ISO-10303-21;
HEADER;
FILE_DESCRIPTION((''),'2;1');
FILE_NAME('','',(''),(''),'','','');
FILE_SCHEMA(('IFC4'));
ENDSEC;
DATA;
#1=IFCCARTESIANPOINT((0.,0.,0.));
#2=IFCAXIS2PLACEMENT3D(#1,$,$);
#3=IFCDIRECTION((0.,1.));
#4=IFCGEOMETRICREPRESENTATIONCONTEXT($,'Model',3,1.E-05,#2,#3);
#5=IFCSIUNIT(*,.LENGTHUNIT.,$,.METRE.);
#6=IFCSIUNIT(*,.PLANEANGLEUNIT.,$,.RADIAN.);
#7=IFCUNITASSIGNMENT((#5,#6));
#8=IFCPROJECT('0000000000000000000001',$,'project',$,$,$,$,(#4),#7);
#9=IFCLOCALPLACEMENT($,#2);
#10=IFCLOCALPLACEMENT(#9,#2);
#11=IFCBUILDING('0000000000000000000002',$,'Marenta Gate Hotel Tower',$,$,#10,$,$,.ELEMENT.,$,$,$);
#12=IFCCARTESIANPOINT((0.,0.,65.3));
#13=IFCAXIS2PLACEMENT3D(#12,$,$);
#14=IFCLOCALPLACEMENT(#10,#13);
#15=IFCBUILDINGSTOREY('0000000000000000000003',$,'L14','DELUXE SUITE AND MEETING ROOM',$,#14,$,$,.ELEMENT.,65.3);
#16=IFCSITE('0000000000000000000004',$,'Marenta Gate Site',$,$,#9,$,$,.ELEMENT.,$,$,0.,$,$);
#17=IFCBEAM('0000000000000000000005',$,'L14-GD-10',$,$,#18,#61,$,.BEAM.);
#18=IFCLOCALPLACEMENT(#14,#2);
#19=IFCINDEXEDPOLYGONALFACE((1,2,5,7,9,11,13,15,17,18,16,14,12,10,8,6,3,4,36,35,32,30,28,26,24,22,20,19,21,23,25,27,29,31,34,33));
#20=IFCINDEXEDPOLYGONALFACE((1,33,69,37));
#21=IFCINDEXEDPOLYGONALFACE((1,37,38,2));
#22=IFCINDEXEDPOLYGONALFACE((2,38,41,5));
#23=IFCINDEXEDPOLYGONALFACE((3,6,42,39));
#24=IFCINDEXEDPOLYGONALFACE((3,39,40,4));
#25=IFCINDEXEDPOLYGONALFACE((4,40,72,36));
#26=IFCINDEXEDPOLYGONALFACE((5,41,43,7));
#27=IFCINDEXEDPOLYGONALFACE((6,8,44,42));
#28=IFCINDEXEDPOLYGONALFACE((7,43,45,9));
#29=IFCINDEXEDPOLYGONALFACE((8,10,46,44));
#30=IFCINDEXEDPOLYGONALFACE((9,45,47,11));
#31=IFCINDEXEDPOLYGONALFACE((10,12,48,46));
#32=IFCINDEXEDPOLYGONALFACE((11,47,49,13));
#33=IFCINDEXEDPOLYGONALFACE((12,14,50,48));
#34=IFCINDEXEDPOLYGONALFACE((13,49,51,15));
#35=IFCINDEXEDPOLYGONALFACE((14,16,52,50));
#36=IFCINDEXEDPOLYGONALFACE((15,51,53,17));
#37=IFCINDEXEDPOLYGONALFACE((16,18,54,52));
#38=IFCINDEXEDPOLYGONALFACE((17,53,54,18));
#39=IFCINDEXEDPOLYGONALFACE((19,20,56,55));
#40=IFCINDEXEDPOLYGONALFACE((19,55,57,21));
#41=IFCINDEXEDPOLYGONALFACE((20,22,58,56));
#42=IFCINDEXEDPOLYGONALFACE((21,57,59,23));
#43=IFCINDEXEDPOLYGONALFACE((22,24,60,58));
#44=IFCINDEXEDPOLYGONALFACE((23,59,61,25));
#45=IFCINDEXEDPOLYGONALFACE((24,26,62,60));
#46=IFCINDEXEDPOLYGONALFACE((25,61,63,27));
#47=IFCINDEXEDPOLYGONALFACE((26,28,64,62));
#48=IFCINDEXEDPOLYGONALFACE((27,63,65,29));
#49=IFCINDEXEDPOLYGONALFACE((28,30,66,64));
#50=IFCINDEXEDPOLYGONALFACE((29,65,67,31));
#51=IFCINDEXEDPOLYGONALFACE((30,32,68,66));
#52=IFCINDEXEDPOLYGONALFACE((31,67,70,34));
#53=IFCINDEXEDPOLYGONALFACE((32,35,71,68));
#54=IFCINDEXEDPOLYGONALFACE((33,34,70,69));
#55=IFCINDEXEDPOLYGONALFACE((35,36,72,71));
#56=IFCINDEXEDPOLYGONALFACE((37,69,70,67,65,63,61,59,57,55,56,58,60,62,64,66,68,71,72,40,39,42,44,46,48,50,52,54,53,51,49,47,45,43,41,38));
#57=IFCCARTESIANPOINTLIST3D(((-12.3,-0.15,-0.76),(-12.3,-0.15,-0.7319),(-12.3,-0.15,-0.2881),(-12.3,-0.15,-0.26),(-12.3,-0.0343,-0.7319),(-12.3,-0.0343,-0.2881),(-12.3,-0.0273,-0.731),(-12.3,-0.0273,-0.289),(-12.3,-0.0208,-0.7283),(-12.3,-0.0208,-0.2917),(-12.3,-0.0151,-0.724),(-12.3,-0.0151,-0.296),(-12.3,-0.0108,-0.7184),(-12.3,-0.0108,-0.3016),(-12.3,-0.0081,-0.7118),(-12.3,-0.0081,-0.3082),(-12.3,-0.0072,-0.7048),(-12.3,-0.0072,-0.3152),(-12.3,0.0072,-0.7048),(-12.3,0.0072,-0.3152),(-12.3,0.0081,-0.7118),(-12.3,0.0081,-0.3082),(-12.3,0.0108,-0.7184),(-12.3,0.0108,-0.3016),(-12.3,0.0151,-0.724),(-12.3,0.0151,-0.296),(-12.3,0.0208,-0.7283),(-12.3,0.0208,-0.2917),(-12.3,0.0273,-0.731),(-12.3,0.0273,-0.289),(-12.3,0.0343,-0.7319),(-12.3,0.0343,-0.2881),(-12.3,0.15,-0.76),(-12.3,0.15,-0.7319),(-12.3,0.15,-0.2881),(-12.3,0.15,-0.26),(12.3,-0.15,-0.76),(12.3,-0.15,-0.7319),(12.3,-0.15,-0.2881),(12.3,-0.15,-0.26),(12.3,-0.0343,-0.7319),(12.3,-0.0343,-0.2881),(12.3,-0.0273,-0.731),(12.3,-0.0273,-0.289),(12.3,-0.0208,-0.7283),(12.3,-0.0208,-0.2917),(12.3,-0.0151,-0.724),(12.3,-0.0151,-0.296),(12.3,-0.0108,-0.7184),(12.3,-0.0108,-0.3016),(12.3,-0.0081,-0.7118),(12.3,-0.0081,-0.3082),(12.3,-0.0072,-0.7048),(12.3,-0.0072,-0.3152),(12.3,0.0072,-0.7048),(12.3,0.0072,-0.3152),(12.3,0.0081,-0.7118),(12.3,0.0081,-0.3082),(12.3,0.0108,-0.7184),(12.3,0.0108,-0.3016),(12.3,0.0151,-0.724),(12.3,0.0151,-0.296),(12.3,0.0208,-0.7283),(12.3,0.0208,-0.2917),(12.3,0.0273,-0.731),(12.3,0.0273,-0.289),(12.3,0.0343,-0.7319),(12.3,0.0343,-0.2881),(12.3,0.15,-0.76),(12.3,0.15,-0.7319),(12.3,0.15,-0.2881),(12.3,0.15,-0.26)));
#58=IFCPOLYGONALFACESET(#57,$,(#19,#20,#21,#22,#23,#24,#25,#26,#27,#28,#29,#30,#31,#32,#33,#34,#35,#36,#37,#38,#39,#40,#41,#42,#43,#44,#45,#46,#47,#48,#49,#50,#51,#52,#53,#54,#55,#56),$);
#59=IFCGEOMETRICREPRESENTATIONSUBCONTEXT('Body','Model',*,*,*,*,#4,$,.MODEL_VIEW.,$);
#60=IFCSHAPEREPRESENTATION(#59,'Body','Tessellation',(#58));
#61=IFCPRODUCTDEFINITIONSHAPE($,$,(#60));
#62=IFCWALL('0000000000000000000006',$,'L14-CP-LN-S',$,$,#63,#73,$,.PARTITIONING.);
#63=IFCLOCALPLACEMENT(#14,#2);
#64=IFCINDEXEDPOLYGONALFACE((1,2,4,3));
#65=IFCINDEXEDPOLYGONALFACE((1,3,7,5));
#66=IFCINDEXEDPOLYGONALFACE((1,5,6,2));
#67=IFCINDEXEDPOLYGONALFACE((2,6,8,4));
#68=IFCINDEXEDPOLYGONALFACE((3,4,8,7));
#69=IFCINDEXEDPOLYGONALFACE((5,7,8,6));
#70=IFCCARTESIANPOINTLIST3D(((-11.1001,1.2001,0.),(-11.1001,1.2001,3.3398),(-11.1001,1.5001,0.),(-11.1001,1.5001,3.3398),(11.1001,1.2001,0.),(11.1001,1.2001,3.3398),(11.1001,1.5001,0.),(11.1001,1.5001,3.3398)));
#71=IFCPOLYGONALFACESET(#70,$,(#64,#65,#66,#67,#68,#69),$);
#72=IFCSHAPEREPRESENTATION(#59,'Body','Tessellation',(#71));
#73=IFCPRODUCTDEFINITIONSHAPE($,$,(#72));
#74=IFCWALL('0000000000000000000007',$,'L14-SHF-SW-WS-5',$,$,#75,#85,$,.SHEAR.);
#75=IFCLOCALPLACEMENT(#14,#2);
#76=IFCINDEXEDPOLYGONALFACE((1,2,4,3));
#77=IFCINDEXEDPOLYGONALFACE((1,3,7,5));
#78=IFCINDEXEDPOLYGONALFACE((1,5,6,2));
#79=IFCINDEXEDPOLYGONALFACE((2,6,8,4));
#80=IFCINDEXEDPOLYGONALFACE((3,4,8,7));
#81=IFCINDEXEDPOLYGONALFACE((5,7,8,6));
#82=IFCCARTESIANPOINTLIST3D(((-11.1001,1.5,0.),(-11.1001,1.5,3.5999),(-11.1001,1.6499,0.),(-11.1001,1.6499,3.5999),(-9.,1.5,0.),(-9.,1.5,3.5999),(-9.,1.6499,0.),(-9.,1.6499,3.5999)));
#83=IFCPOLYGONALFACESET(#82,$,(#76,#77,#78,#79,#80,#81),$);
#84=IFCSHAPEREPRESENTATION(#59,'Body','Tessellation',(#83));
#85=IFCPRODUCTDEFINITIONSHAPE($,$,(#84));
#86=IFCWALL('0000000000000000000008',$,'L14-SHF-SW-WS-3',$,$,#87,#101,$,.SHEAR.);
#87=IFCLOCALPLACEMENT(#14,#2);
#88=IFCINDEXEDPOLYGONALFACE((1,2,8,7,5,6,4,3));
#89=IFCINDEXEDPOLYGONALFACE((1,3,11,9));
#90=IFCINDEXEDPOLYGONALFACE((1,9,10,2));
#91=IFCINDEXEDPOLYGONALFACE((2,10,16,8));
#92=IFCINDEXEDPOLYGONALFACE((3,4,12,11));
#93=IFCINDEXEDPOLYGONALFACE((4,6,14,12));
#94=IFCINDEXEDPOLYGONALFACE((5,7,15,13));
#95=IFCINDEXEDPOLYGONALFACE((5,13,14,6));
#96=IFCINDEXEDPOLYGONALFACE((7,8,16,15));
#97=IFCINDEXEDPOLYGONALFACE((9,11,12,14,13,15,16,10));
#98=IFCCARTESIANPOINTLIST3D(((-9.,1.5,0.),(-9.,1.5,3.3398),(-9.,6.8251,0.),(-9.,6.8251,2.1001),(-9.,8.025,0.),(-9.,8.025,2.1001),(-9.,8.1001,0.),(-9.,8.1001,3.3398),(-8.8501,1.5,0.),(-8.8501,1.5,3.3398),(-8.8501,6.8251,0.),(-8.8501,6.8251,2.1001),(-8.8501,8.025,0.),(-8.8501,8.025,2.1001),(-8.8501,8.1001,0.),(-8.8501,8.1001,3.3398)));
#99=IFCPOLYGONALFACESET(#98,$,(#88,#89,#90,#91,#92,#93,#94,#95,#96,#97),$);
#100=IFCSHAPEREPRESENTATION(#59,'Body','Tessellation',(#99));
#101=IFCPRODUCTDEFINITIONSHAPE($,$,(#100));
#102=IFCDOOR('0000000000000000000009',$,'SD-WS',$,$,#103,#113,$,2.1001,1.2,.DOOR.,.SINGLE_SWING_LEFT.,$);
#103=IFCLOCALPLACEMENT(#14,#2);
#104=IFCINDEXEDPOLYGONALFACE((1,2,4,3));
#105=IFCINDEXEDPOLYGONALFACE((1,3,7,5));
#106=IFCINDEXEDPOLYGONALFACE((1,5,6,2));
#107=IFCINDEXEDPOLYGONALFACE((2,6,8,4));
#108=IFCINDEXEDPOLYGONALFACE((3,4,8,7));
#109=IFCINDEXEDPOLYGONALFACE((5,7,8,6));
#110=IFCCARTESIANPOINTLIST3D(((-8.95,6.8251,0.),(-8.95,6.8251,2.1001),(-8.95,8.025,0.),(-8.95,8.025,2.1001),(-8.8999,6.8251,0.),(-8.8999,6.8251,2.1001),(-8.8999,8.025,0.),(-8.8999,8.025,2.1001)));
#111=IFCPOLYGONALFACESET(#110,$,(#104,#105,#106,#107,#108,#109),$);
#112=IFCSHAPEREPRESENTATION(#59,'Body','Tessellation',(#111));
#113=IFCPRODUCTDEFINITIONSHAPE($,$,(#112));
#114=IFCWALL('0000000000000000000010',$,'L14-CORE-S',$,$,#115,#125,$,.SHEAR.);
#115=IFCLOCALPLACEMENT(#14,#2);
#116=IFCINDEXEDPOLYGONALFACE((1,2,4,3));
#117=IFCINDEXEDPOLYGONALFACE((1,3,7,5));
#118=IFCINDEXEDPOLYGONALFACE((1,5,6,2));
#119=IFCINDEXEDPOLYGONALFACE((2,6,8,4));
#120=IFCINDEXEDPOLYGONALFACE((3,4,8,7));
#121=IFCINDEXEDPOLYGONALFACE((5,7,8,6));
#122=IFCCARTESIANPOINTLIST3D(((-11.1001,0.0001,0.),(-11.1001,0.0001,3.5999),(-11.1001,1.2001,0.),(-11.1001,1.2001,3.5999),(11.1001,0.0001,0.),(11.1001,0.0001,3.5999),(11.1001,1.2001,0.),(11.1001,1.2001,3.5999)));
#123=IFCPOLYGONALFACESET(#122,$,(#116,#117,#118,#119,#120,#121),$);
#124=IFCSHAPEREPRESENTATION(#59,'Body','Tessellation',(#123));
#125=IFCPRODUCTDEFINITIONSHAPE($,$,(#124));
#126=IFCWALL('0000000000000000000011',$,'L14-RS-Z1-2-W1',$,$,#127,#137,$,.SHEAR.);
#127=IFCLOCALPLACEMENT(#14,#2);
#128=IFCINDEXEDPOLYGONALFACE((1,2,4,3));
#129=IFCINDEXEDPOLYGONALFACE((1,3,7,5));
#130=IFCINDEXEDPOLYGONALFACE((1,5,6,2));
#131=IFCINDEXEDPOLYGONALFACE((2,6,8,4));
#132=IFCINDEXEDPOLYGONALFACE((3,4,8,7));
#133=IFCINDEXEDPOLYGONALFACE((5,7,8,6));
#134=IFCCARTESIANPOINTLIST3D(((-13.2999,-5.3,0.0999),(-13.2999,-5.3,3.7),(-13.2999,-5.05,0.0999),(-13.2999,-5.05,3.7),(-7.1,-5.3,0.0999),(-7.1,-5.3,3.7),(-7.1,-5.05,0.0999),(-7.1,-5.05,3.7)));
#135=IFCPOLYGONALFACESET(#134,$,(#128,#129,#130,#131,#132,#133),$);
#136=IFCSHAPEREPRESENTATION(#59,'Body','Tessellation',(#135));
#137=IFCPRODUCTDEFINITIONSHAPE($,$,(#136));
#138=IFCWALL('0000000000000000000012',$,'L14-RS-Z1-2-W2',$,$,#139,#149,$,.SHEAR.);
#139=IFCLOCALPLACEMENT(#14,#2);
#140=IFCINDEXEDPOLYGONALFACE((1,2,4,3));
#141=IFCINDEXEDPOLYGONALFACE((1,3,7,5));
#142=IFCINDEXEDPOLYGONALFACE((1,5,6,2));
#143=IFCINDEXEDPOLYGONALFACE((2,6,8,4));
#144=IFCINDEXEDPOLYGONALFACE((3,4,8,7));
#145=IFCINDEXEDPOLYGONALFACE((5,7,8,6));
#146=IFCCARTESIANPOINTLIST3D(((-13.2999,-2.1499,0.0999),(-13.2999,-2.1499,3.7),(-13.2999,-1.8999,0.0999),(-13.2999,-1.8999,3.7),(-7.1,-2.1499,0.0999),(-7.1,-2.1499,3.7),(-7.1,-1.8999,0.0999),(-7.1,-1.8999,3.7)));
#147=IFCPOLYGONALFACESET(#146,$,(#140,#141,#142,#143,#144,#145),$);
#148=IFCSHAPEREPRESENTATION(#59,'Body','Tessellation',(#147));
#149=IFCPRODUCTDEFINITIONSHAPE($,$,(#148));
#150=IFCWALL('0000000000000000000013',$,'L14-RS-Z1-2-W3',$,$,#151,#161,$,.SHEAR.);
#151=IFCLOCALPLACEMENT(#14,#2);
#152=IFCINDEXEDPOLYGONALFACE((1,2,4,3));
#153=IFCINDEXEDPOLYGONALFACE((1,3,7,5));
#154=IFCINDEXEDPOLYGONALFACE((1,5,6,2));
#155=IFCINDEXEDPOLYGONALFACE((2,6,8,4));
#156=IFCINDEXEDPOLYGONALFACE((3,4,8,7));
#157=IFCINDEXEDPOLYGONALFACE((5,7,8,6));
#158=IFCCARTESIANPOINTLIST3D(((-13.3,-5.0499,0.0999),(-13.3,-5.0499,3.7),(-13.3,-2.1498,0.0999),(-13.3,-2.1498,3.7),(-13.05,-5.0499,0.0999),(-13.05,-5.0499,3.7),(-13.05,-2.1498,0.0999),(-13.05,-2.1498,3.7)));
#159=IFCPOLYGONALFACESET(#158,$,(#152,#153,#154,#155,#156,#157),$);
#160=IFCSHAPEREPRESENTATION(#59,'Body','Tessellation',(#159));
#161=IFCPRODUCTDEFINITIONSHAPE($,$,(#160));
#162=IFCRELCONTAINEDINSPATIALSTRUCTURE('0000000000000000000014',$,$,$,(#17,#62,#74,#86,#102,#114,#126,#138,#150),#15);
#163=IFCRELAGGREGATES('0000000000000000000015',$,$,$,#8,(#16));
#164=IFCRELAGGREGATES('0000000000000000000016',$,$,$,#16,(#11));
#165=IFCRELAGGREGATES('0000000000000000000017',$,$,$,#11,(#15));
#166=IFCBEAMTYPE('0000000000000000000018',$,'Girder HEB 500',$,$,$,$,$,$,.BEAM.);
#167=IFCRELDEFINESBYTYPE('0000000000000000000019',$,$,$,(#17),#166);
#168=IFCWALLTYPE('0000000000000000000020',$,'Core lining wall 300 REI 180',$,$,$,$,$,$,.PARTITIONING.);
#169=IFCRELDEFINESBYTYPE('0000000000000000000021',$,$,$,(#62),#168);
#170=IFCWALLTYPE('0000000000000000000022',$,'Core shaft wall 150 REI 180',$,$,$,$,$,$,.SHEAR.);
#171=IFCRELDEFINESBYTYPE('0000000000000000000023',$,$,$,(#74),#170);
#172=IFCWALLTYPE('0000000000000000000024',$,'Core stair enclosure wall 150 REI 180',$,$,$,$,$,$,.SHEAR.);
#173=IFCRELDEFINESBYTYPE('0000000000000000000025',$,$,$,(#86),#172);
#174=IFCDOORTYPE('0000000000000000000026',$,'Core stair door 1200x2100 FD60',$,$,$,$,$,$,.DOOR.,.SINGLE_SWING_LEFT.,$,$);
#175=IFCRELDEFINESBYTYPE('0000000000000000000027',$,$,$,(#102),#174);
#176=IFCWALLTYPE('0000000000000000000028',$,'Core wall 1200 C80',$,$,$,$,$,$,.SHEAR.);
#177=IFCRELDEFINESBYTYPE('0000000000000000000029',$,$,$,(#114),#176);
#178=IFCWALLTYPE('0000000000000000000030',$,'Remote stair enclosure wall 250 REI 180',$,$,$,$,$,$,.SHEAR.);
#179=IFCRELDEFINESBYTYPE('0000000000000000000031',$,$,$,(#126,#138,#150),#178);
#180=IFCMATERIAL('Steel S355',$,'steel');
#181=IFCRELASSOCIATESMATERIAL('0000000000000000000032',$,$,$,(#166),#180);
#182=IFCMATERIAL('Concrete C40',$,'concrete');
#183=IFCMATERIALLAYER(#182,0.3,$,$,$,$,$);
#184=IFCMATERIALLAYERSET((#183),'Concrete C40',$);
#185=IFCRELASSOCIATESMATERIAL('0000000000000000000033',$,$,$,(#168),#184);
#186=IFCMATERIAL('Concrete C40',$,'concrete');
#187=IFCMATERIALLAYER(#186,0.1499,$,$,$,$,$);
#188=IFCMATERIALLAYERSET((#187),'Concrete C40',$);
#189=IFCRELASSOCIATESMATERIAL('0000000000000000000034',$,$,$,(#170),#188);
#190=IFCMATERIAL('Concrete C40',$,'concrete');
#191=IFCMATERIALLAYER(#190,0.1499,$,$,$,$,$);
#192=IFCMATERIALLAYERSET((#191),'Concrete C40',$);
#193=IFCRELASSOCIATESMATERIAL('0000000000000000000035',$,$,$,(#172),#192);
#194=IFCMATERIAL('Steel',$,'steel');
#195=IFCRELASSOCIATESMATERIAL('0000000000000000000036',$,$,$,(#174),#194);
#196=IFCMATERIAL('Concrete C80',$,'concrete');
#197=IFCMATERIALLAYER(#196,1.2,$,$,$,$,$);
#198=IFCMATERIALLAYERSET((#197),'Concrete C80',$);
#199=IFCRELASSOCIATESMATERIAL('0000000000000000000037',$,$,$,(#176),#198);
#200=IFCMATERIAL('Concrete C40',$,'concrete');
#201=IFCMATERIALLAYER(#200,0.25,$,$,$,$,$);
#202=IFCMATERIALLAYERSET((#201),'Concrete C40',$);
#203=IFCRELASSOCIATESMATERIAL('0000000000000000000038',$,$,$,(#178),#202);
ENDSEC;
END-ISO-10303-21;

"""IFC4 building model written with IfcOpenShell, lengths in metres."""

from ifc_helpers import new_model, si_unit, direction, frame, frame_2d, origin, origin_2d, place, context, subcontext, project, spatial, rectangle, i_section, extrude, material, layer, layer_set, material_profile, profile_set, type_object, element, fill, save


model = new_model("IFC4")

# Units and contexts
model_context = context("Model", 3, precision=1e-05, world=origin(), true_north=direction((0.0, 1.0)))
body_context = subcontext(model_context, "Body", "Model", "MODEL_VIEW")
ifc_project = project(units=[si_unit("LENGTHUNIT", "METRE"), si_unit("PLANEANGLEUNIT", "RADIAN")], contexts=[model_context])

# Site, building, storey
site_placement = place(None, origin())
site = spatial("IfcSite", under=ifc_project, at=site_placement, Name="Marenta Gate Site", CompositionType="ELEMENT", RefElevation=0.0)
building_placement = place(site_placement, origin())
building = spatial("IfcBuilding", under=site, at=building_placement, Name="Marenta Gate Hotel Tower", CompositionType="ELEMENT")
storey_placement = place(building_placement, frame((0.0, 0.0, 65.3)))
storey = spatial("IfcBuildingStorey", under=building, at=storey_placement, Name="L14", Description="DELUXE SUITE AND MEETING ROOM", CompositionType="ELEMENT", Elevation=65.3)

# Beam
ifc_material_1 = material(Name="Steel S355", Category="steel")
ifc_material_profile = material_profile(ifc_material_1, i_section(OverallWidth=0.3, OverallDepth=0.5, WebThickness=0.0144, FlangeThickness=0.0281, FilletRadius=0.0271, at=origin_2d()), Name="HEB 500")
ifc_profile_set = profile_set([ifc_material_profile], Name="Steel S355")
beam_type = type_object("IfcBeamType", Name="Girder HEB 500", PredefinedType="BEAM", material=ifc_profile_set)
beam_placement = place(storey_placement, frame((-12.3, 0.0, -0.51), z_axis=(1.0, 0.0, 0.0), x_axis=(0.0, 1.0, 0.0)))
element("IfcBeam", 1, at=beam_placement, inside=storey, type_object=beam_type, Name="L14-GD-10", PredefinedType="BEAM", context=body_context, shape_type="SweptSolid", body=[
    extrude(i_section(OverallWidth=0.3, OverallDepth=0.5, WebThickness=0.0144, FlangeThickness=0.0281, FilletRadius=0.0271, at=origin_2d()), origin(), (0.0, 0.0, 1.0), 24.6001),
])

# Walls
ifc_material_2 = material(Name="Concrete C40", Category="concrete")
ifc_layer_1 = layer(ifc_material_2, 0.3)
ifc_layer_set_1 = layer_set([ifc_layer_1], Name="Concrete C40")
wall_type_1 = type_object("IfcWallType", Name="Core lining wall 300 REI 180", PredefinedType="PARTITIONING", material=ifc_layer_set_1)
wall_1_placement = place(storey_placement, frame((-11.1001, 1.3501, 0.0), z_axis=(0.0, 0.0, 1.0), x_axis=(1.0, 0.0, 0.0)))
element("IfcWall", 2, at=wall_1_placement, inside=storey, type_object=wall_type_1, Name="L14-CP-LN-S", PredefinedType="PARTITIONING", context=body_context, shape_type="SweptSolid", body=[
    extrude(rectangle(XDim=22.2002, YDim=0.3, at=frame_2d((11.1001, 0.0))), origin(), (0.0, 0.0, 1.0), 3.3398),
])
ifc_material_3 = material(Name="Concrete C40", Category="concrete")
ifc_layer_2 = layer(ifc_material_3, 0.1499)
ifc_layer_set_2 = layer_set([ifc_layer_2], Name="Concrete C40")
wall_type_2 = type_object("IfcWallType", Name="Core shaft wall 150 REI 180", PredefinedType="SHEAR", material=ifc_layer_set_2)
wall_2_placement = place(storey_placement, frame((-11.1001, 1.575, 0.0), z_axis=(0.0, 0.0, 1.0), x_axis=(1.0, 0.0, 0.0)))
element("IfcWall", 3, at=wall_2_placement, inside=storey, type_object=wall_type_2, Name="L14-SHF-SW-WS-5", PredefinedType="SHEAR", context=body_context, shape_type="SweptSolid", body=[
    extrude(rectangle(XDim=2.1001, YDim=0.1499, at=frame_2d((1.05, 0.0))), origin(), (0.0, 0.0, 1.0), 3.5999),
])

# Wall, opening, door
ifc_material_4 = material(Name="Concrete C40", Category="concrete")
ifc_layer_3 = layer(ifc_material_4, 0.1499)
ifc_layer_set_3 = layer_set([ifc_layer_3], Name="Concrete C40")
wall_type_3 = type_object("IfcWallType", Name="Core stair enclosure wall 150 REI 180", PredefinedType="SHEAR", material=ifc_layer_set_3)
wall_3_placement = place(storey_placement, frame((-8.925, 1.5, 0.0), z_axis=(0.0, 0.0, 1.0), x_axis=(0.0, 1.0, 0.0)))
wall_3 = element("IfcWall", 4, at=wall_3_placement, inside=storey, type_object=wall_type_3, Name="L14-SHF-SW-WS-3", PredefinedType="SHEAR", context=body_context, shape_type="SweptSolid", body=[
    extrude(rectangle(XDim=6.6001, YDim=0.1499, at=frame_2d((3.3, 0.0))), origin(), (0.0, 0.0, 1.0), 3.3398),
])
opening_1_placement = place(wall_3_placement, frame((5.325, 0.0, 0.0)))
opening_1 = element("IfcOpeningElement", 5, at=opening_1_placement, cuts=wall_3, PredefinedType="OPENING", context=body_context, shape_type="SweptSolid", body=[
    extrude(rectangle(XDim=1.2, YDim=2.1001, at=frame_2d((0.6001, 1.05))), frame((0.0, 0.075, 0.0), z_axis=(0.0, -1.0, 0.0), x_axis=(1.0, 0.0, 0.0)), (0.0, 0.0, 1.0), 0.1499),
])
ifc_material_5 = material(Name="Steel", Category="steel")
door_type_1 = type_object("IfcDoorType", Name="Core stair door 1200x2100 FD60", OperationType="SINGLE_SWING_LEFT", PredefinedType="DOOR", material=ifc_material_5)
door_1_placement = place(opening_1_placement, origin())
door_1 = element("IfcDoor", 6, at=door_1_placement, inside=storey, type_object=door_type_1, Name="SD-WS", OperationType="SINGLE_SWING_LEFT", OverallHeight=2.1001, OverallWidth=1.2, PredefinedType="DOOR", context=body_context, shape_type="SweptSolid", body=[
    extrude(rectangle(XDim=1.2, YDim=2.1001, at=frame_2d((0.6001, 1.05))), frame((0.0, 0.0249, 0.0), z_axis=(0.0, -1.0, 0.0), x_axis=(1.0, 0.0, 0.0)), (0.0, 0.0, 1.0), 0.05),
])
fill(opening_1, door_1)

# Shared definitions
ifc_material_6 = material(Name="Concrete C80", Category="concrete")
ifc_layer_4 = layer(ifc_material_6, 1.2)
ifc_layer_set_4 = layer_set([ifc_layer_4], Name="Concrete C80")
wall_type_4 = type_object("IfcWallType", Name="Core wall 1200 C80", PredefinedType="SHEAR", material=ifc_layer_set_4)

# Walls
wall_4_placement = place(storey_placement, frame((-11.1001, 0.6001, 0.0), z_axis=(0.0, 0.0, 1.0), x_axis=(1.0, 0.0, 0.0)))
element("IfcWall", 7, at=wall_4_placement, inside=storey, type_object=wall_type_4, Name="L14-CORE-S", PredefinedType="SHEAR", context=body_context, shape_type="SweptSolid", body=[
    extrude(rectangle(XDim=22.2002, YDim=1.2, at=frame_2d((11.1001, 0.0))), origin(), (0.0, 0.0, 1.0), 3.5999),
])
ifc_material_7 = material(Name="Concrete C40", Category="concrete")
ifc_layer_5 = layer(ifc_material_7, 0.25)
ifc_layer_set_5 = layer_set([ifc_layer_5], Name="Concrete C40")
wall_type_5 = type_object("IfcWallType", Name="Remote stair enclosure wall 250 REI 180", PredefinedType="SHEAR", material=ifc_layer_set_5)
for number, where, z_axis, x_axis, name in (
    (8, (-13.3, -5.175, 0.0999), (0.0, 0.0, 1.0), (1.0, 0.0, 0.0), "L14-RS-Z1-2-W1"),
    (9, (-13.3, -2.0249, 0.0999), (0.0, 0.0, 1.0), (1.0, 0.0, 0.0), "L14-RS-Z1-2-W2"),
):
    element("IfcWall", number, at=place(storey_placement, frame(where, z_axis=z_axis, x_axis=x_axis)), inside=storey, type_object=wall_type_5, Name=name, PredefinedType="SHEAR", context=body_context, shape_type="SweptSolid", body=[
        extrude(rectangle(XDim=6.2, YDim=0.25, at=frame_2d((3.1001, 0.0))), origin(), (0.0, 0.0, 1.0), 3.6001),
    ])
wall_5_placement = place(storey_placement, frame((-13.175, -5.05, 0.0999), z_axis=(0.0, 0.0, 1.0), x_axis=(0.0, 1.0, 0.0)))
element("IfcWall", 10, at=wall_5_placement, inside=storey, type_object=wall_type_5, Name="L14-RS-Z1-2-W3", PredefinedType="SHEAR", context=body_context, shape_type="SweptSolid", body=[
    extrude(rectangle(XDim=2.9001, YDim=0.25, at=frame_2d((1.4502, 0.0))), origin(), (0.0, 0.0, 1.0), 3.6001),
])

save(model, "model.ifc")
